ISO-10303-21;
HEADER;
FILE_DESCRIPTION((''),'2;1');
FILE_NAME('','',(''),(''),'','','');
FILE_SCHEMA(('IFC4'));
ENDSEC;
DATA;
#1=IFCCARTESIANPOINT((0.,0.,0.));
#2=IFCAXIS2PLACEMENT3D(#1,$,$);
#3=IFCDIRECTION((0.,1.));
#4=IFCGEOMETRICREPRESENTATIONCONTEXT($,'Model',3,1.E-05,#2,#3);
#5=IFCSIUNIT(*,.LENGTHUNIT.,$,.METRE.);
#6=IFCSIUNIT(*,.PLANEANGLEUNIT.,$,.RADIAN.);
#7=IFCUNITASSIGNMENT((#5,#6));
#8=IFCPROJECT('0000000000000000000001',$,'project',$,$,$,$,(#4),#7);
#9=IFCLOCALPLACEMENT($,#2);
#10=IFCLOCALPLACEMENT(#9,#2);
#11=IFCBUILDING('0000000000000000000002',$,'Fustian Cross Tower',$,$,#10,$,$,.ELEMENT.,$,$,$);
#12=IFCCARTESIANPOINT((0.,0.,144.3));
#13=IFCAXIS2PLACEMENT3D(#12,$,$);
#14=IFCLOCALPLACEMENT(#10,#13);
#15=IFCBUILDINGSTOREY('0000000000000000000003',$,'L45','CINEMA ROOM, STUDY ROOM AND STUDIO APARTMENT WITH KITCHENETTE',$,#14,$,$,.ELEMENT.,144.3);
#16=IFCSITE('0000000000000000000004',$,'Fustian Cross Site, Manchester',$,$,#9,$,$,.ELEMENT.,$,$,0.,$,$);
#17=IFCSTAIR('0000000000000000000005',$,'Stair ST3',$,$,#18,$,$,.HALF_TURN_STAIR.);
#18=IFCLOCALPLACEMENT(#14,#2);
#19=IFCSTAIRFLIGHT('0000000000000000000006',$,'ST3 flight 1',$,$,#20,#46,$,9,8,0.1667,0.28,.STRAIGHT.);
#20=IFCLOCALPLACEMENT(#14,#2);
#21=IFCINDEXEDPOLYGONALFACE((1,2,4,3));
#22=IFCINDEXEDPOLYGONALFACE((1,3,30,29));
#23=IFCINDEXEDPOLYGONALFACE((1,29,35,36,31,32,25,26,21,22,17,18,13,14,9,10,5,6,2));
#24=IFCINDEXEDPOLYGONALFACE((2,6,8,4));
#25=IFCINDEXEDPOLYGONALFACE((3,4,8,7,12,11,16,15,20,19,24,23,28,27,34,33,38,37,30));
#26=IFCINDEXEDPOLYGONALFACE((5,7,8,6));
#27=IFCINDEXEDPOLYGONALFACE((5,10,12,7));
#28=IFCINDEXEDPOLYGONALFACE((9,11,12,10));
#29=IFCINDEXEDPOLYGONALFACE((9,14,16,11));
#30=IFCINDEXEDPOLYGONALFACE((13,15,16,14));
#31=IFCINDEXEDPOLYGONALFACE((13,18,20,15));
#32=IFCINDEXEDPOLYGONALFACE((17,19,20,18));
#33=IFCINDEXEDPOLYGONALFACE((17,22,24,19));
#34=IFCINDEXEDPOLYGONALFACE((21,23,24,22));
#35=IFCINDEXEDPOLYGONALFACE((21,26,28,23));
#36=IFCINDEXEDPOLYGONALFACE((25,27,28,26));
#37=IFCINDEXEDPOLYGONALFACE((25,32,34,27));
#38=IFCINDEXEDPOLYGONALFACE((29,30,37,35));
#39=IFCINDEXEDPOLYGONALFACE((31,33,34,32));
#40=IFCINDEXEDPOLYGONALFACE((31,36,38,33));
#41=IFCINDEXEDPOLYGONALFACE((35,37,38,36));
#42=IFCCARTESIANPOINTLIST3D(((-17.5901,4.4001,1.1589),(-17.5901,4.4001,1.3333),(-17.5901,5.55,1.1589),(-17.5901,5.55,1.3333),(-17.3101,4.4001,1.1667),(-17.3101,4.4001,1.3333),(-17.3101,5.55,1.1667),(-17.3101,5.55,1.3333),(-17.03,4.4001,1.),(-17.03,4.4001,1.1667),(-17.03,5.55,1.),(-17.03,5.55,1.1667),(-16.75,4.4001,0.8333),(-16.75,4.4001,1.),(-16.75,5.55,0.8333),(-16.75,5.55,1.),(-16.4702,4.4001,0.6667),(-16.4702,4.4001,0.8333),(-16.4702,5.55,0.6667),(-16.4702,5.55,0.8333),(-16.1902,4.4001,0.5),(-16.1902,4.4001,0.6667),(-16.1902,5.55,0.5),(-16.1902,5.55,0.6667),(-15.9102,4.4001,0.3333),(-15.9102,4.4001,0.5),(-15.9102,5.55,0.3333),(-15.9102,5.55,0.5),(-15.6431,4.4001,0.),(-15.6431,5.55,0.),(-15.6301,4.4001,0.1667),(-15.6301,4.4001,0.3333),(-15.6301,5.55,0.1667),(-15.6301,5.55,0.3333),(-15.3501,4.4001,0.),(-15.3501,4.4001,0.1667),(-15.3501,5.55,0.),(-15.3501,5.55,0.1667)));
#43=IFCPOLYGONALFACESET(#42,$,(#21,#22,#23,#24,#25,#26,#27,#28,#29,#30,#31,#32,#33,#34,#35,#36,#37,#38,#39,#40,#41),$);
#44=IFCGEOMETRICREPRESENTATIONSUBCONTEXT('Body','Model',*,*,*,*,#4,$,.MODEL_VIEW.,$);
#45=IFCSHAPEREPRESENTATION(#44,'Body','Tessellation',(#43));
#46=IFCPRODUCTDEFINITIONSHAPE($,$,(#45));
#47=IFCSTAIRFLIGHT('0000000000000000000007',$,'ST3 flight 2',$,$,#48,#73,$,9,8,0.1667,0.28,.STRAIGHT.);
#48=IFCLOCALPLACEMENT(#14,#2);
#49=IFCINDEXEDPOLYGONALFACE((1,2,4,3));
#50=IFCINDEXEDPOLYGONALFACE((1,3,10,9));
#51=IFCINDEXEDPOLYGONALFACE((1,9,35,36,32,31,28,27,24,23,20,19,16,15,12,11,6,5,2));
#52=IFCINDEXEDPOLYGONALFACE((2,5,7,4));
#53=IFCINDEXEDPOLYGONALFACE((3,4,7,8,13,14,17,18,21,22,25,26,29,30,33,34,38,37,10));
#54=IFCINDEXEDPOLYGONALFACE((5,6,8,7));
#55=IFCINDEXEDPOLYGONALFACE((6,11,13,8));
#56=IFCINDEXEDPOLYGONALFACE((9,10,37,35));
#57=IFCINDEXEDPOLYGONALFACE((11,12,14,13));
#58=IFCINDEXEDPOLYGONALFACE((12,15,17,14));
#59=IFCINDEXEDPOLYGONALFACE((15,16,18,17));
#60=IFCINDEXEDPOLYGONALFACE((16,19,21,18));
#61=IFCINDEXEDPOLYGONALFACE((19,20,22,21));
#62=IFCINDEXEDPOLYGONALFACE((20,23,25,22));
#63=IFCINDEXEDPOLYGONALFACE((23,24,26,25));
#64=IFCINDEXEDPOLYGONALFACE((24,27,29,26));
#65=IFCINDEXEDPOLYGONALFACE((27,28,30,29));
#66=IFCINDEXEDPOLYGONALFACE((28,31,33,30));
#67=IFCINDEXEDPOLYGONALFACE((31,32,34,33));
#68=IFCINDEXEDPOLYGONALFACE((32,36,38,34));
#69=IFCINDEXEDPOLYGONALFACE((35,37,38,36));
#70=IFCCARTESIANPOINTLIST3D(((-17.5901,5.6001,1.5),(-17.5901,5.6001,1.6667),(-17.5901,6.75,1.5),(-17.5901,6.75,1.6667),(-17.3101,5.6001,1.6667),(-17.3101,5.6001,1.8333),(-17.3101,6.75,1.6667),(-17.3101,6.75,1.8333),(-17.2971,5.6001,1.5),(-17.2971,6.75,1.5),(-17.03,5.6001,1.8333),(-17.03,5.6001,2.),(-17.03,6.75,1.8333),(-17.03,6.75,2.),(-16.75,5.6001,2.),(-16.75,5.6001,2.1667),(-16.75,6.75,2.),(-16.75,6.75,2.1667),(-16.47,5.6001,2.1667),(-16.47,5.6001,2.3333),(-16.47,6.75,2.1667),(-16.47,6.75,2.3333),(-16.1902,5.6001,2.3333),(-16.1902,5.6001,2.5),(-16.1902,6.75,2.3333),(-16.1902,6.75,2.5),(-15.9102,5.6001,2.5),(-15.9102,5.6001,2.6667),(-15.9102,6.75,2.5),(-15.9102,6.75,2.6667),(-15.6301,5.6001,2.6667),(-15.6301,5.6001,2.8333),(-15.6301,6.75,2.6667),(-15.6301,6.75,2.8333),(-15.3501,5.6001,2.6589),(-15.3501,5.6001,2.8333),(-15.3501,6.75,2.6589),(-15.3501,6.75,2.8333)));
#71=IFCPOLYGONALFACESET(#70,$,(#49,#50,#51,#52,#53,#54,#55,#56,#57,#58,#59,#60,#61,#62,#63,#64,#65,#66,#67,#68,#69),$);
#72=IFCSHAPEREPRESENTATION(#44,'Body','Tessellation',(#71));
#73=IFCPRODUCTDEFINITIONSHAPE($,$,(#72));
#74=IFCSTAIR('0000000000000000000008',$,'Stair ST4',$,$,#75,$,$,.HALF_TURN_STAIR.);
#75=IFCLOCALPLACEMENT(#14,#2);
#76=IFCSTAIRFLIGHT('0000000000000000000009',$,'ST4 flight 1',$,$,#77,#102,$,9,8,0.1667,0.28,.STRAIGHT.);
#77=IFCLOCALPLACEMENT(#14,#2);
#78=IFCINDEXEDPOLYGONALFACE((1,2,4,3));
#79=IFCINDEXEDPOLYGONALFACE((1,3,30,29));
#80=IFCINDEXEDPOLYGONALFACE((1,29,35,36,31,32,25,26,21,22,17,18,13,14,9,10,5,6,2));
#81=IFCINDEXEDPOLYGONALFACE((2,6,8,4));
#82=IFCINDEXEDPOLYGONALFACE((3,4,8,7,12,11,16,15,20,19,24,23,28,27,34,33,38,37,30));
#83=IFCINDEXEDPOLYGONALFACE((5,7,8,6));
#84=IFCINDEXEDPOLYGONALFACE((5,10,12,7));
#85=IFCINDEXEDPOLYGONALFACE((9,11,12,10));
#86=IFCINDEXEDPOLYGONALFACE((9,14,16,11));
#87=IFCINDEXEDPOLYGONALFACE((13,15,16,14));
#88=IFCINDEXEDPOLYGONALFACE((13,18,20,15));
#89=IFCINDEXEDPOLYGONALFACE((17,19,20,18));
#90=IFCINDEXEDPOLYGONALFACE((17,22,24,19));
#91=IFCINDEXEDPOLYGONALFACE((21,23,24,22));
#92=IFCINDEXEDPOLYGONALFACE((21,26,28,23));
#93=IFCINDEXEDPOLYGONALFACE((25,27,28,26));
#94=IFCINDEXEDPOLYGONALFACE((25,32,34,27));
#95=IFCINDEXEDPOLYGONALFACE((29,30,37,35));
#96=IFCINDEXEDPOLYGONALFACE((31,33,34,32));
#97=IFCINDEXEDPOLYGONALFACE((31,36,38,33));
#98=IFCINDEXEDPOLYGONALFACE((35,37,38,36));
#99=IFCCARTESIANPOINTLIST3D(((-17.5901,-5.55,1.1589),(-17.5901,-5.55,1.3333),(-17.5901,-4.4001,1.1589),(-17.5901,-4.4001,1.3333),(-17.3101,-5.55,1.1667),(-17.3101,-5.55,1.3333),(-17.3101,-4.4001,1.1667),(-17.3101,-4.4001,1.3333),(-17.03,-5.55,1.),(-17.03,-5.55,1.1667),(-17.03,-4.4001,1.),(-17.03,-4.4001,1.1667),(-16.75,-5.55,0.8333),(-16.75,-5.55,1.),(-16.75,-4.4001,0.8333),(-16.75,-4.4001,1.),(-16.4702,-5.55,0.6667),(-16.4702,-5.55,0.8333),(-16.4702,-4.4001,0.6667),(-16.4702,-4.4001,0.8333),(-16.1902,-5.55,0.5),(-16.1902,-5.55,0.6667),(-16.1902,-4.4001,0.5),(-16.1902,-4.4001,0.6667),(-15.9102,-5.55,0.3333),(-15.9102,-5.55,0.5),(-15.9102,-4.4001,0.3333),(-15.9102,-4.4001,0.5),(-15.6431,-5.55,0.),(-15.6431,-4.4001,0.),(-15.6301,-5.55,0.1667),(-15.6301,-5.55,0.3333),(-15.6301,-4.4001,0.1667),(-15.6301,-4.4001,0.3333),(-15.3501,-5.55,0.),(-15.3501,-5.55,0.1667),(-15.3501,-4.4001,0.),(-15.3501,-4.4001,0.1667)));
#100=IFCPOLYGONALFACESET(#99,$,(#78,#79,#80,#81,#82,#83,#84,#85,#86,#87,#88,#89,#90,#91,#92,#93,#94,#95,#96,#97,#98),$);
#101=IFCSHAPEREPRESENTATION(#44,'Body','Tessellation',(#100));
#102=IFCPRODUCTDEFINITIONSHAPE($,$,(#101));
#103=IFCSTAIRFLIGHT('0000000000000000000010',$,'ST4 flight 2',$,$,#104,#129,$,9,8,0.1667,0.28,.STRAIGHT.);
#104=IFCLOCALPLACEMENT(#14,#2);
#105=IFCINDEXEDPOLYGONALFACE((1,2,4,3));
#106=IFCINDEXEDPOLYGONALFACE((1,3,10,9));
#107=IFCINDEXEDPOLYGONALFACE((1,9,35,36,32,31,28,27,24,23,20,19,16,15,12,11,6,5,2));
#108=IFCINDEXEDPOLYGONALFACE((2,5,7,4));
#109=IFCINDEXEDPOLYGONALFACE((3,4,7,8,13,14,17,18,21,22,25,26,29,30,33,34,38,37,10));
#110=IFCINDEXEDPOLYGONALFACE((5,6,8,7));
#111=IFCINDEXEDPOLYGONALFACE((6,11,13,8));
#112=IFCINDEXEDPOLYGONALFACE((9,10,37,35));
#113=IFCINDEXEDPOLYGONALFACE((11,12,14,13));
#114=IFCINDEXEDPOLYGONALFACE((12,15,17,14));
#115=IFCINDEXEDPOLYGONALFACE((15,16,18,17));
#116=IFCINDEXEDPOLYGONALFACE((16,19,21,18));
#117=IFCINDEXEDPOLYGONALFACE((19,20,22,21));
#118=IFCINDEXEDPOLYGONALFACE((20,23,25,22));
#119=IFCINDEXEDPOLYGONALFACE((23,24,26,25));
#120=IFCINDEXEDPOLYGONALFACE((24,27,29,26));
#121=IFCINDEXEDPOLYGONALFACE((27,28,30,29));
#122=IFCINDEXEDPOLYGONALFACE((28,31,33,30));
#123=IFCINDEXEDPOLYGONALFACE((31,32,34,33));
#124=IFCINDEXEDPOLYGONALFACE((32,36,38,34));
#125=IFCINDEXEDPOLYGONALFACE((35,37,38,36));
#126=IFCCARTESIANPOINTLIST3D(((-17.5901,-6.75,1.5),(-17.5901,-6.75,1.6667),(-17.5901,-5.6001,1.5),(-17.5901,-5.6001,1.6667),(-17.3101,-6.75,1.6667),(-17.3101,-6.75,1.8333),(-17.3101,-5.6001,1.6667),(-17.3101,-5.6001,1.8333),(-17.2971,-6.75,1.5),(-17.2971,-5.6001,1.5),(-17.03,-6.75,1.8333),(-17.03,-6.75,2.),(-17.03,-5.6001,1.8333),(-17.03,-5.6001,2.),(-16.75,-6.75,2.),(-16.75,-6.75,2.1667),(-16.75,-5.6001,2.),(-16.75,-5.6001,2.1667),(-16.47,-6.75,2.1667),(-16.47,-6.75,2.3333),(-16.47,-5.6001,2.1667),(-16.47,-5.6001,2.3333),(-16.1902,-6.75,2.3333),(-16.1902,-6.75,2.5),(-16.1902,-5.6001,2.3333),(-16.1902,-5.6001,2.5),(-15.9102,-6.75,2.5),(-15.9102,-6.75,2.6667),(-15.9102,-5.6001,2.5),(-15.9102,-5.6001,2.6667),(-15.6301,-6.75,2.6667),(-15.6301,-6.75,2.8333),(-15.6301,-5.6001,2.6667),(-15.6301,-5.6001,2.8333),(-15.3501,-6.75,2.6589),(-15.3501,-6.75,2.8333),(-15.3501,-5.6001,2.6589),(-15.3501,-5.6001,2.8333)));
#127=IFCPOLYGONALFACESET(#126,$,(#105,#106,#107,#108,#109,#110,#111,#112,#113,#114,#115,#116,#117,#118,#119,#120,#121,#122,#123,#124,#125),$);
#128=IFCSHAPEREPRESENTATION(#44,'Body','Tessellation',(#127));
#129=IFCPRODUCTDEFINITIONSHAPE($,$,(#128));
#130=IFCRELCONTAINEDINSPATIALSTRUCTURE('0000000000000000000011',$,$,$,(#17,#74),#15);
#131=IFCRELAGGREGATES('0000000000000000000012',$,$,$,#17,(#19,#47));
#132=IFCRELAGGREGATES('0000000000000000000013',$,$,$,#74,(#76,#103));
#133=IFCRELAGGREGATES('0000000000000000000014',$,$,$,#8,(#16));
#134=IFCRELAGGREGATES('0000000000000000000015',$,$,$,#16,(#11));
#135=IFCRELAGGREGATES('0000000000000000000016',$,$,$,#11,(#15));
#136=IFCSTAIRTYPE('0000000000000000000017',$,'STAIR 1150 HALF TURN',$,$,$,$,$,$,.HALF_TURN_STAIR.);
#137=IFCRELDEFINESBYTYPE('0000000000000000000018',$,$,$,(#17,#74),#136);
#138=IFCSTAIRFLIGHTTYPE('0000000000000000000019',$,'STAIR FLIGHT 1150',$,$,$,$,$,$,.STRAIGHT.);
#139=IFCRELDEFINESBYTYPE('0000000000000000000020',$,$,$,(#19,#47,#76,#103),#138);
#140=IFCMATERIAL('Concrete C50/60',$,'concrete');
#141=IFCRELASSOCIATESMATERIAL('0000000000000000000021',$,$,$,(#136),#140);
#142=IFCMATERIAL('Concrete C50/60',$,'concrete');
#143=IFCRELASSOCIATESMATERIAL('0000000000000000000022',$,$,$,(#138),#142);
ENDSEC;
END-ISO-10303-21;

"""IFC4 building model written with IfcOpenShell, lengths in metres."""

from ifc_helpers import new_model, si_unit, direction, frame, origin, place, context, subcontext, project, spatial, polyline, outline, extrude, material, type_object, element, aggregate, save


model = new_model("IFC4")

# Units and contexts
model_context = context("Model", 3, precision=1e-05, world=origin(), true_north=direction((0.0, 1.0)))
body_context = subcontext(model_context, "Body", "Model", "MODEL_VIEW")
ifc_project = project(units=[si_unit("LENGTHUNIT", "METRE"), si_unit("PLANEANGLEUNIT", "RADIAN")], contexts=[model_context])

# Site, building, storey
site_placement = place(None, origin())
site = spatial("IfcSite", under=ifc_project, at=site_placement, Name="Fustian Cross Site, Manchester", CompositionType="ELEMENT", RefElevation=0.0)
building_placement = place(site_placement, origin())
building = spatial("IfcBuilding", under=site, at=building_placement, Name="Fustian Cross Tower", CompositionType="ELEMENT")
storey_placement = place(building_placement, frame((0.0, 0.0, 144.3)))
storey = spatial("IfcBuildingStorey", under=building, at=storey_placement, Name="L45", Description="CINEMA ROOM, STUDY ROOM AND STUDIO APARTMENT WITH KITCHENETTE", CompositionType="ELEMENT", Elevation=144.3)

# Stairs, stair flights
ifc_material_1 = material(Name="Concrete C50/60", Category="concrete")
stair_type = type_object("IfcStairType", Name="STAIR 1150 HALF TURN", PredefinedType="HALF_TURN_STAIR", material=ifc_material_1)
stair_1_placement = place(storey_placement, origin())
stair_1 = element("IfcStair", 1, at=stair_1_placement, inside=storey, type_object=stair_type, Name="Stair ST3", PredefinedType="HALF_TURN_STAIR")
ifc_material_2 = material(Name="Concrete C50/60", Category="concrete")
stair_flight_type = type_object("IfcStairFlightType", Name="STAIR FLIGHT 1150", PredefinedType="STRAIGHT", material=ifc_material_2)
stair_flight_1_placement = place(storey_placement, frame((-15.3501, 4.9751, 0.0), z_axis=(0.0, 0.0, 1.0), x_axis=(-1.0, 0.0, 0.0)))
stair_flight_1 = element("IfcStairFlight", 2, at=stair_flight_1_placement, type_object=stair_flight_type, Name="ST3 flight 1", NumberOfRisers=9, NumberOfTreads=8, PredefinedType="STRAIGHT", RiserHeight=0.1667, TreadLength=0.28, context=body_context, shape_type="SweptSolid", body=[
    extrude(outline(polyline([(0.0, 0.0), (0.0, 0.1667), (0.28, 0.1667), (0.28, 0.3333), (0.5601, 0.3333), (0.5601, 0.5), (0.8401, 0.5), (0.8401, 0.6667), (1.1201, 0.6667), (1.1201, 0.8333), (1.3999, 0.8333), (1.3999, 1.0), (1.6799, 1.0), (1.6799, 1.1667), (1.96, 1.1667), (1.96, 1.3333), (2.24, 1.3333), (2.24, 1.5), (2.24, 1.1589), (0.293, 0.0), (0.0, 0.0)])), frame((0.0, 0.575, 0.0), z_axis=(0.0, -1.0, 0.0), x_axis=(1.0, 0.0, 0.0)), (0.0, 0.0, 1.0), 1.1499),
])
stair_flight_2_placement = place(storey_placement, frame((-17.5901, 6.175, 1.5), z_axis=(0.0, 0.0, 1.0), x_axis=(1.0, 0.0, 0.0)))
stair_flight_2 = element("IfcStairFlight", 3, at=stair_flight_2_placement, type_object=stair_flight_type, Name="ST3 flight 2", NumberOfRisers=9, NumberOfTreads=8, PredefinedType="STRAIGHT", RiserHeight=0.1667, TreadLength=0.28, context=body_context, shape_type="SweptSolid", body=[
    extrude(outline(polyline([(0.0, 0.0), (0.0, 0.1667), (0.28, 0.1667), (0.28, 0.3333), (0.5601, 0.3333), (0.5601, 0.5), (0.8401, 0.5), (0.8401, 0.6667), (1.1201, 0.6667), (1.1201, 0.8333), (1.3999, 0.8333), (1.3999, 1.0), (1.6799, 1.0), (1.6799, 1.1667), (1.96, 1.1667), (1.96, 1.3333), (2.24, 1.3333), (2.24, 1.5), (2.24, 1.1589), (0.293, 0.0), (0.0, 0.0)])), frame((0.0, 0.575, 0.0), z_axis=(0.0, -1.0, 0.0), x_axis=(1.0, 0.0, 0.0)), (0.0, 0.0, 1.0), 1.1499),
])
aggregate(stair_1, [stair_flight_1, stair_flight_2])
stair_2_placement = place(storey_placement, origin())
stair_2 = element("IfcStair", 4, at=stair_2_placement, inside=storey, type_object=stair_type, Name="Stair ST4", PredefinedType="HALF_TURN_STAIR")
stair_flight_3_placement = place(storey_placement, frame((-15.3501, -4.9751, 0.0), z_axis=(0.0, 0.0, 1.0), x_axis=(-1.0, 0.0, 0.0)))
stair_flight_3 = element("IfcStairFlight", 5, at=stair_flight_3_placement, type_object=stair_flight_type, Name="ST4 flight 1", NumberOfRisers=9, NumberOfTreads=8, PredefinedType="STRAIGHT", RiserHeight=0.1667, TreadLength=0.28, context=body_context, shape_type="SweptSolid", body=[
    extrude(outline(polyline([(0.0, 0.0), (0.0, 0.1667), (0.28, 0.1667), (0.28, 0.3333), (0.5601, 0.3333), (0.5601, 0.5), (0.8401, 0.5), (0.8401, 0.6667), (1.1201, 0.6667), (1.1201, 0.8333), (1.3999, 0.8333), (1.3999, 1.0), (1.6799, 1.0), (1.6799, 1.1667), (1.96, 1.1667), (1.96, 1.3333), (2.24, 1.3333), (2.24, 1.5), (2.24, 1.1589), (0.293, 0.0), (0.0, 0.0)])), frame((0.0, 0.575, 0.0), z_axis=(0.0, -1.0, 0.0), x_axis=(1.0, 0.0, 0.0)), (0.0, 0.0, 1.0), 1.1499),
])
stair_flight_4_placement = place(storey_placement, frame((-17.5901, -6.175, 1.5), z_axis=(0.0, 0.0, 1.0), x_axis=(1.0, 0.0, 0.0)))
stair_flight_4 = element("IfcStairFlight", 6, at=stair_flight_4_placement, type_object=stair_flight_type, Name="ST4 flight 2", NumberOfRisers=9, NumberOfTreads=8, PredefinedType="STRAIGHT", RiserHeight=0.1667, TreadLength=0.28, context=body_context, shape_type="SweptSolid", body=[
    extrude(outline(polyline([(0.0, 0.0), (0.0, 0.1667), (0.28, 0.1667), (0.28, 0.3333), (0.5601, 0.3333), (0.5601, 0.5), (0.8401, 0.5), (0.8401, 0.6667), (1.1201, 0.6667), (1.1201, 0.8333), (1.3999, 0.8333), (1.3999, 1.0), (1.6799, 1.0), (1.6799, 1.1667), (1.96, 1.1667), (1.96, 1.3333), (2.24, 1.3333), (2.24, 1.5), (2.24, 1.1589), (0.293, 0.0), (0.0, 0.0)])), frame((0.0, 0.575, 0.0), z_axis=(0.0, -1.0, 0.0), x_axis=(1.0, 0.0, 0.0)), (0.0, 0.0, 1.0), 1.1499),
])
aggregate(stair_2, [stair_flight_3, stair_flight_4])

save(model, "model.ifc")
